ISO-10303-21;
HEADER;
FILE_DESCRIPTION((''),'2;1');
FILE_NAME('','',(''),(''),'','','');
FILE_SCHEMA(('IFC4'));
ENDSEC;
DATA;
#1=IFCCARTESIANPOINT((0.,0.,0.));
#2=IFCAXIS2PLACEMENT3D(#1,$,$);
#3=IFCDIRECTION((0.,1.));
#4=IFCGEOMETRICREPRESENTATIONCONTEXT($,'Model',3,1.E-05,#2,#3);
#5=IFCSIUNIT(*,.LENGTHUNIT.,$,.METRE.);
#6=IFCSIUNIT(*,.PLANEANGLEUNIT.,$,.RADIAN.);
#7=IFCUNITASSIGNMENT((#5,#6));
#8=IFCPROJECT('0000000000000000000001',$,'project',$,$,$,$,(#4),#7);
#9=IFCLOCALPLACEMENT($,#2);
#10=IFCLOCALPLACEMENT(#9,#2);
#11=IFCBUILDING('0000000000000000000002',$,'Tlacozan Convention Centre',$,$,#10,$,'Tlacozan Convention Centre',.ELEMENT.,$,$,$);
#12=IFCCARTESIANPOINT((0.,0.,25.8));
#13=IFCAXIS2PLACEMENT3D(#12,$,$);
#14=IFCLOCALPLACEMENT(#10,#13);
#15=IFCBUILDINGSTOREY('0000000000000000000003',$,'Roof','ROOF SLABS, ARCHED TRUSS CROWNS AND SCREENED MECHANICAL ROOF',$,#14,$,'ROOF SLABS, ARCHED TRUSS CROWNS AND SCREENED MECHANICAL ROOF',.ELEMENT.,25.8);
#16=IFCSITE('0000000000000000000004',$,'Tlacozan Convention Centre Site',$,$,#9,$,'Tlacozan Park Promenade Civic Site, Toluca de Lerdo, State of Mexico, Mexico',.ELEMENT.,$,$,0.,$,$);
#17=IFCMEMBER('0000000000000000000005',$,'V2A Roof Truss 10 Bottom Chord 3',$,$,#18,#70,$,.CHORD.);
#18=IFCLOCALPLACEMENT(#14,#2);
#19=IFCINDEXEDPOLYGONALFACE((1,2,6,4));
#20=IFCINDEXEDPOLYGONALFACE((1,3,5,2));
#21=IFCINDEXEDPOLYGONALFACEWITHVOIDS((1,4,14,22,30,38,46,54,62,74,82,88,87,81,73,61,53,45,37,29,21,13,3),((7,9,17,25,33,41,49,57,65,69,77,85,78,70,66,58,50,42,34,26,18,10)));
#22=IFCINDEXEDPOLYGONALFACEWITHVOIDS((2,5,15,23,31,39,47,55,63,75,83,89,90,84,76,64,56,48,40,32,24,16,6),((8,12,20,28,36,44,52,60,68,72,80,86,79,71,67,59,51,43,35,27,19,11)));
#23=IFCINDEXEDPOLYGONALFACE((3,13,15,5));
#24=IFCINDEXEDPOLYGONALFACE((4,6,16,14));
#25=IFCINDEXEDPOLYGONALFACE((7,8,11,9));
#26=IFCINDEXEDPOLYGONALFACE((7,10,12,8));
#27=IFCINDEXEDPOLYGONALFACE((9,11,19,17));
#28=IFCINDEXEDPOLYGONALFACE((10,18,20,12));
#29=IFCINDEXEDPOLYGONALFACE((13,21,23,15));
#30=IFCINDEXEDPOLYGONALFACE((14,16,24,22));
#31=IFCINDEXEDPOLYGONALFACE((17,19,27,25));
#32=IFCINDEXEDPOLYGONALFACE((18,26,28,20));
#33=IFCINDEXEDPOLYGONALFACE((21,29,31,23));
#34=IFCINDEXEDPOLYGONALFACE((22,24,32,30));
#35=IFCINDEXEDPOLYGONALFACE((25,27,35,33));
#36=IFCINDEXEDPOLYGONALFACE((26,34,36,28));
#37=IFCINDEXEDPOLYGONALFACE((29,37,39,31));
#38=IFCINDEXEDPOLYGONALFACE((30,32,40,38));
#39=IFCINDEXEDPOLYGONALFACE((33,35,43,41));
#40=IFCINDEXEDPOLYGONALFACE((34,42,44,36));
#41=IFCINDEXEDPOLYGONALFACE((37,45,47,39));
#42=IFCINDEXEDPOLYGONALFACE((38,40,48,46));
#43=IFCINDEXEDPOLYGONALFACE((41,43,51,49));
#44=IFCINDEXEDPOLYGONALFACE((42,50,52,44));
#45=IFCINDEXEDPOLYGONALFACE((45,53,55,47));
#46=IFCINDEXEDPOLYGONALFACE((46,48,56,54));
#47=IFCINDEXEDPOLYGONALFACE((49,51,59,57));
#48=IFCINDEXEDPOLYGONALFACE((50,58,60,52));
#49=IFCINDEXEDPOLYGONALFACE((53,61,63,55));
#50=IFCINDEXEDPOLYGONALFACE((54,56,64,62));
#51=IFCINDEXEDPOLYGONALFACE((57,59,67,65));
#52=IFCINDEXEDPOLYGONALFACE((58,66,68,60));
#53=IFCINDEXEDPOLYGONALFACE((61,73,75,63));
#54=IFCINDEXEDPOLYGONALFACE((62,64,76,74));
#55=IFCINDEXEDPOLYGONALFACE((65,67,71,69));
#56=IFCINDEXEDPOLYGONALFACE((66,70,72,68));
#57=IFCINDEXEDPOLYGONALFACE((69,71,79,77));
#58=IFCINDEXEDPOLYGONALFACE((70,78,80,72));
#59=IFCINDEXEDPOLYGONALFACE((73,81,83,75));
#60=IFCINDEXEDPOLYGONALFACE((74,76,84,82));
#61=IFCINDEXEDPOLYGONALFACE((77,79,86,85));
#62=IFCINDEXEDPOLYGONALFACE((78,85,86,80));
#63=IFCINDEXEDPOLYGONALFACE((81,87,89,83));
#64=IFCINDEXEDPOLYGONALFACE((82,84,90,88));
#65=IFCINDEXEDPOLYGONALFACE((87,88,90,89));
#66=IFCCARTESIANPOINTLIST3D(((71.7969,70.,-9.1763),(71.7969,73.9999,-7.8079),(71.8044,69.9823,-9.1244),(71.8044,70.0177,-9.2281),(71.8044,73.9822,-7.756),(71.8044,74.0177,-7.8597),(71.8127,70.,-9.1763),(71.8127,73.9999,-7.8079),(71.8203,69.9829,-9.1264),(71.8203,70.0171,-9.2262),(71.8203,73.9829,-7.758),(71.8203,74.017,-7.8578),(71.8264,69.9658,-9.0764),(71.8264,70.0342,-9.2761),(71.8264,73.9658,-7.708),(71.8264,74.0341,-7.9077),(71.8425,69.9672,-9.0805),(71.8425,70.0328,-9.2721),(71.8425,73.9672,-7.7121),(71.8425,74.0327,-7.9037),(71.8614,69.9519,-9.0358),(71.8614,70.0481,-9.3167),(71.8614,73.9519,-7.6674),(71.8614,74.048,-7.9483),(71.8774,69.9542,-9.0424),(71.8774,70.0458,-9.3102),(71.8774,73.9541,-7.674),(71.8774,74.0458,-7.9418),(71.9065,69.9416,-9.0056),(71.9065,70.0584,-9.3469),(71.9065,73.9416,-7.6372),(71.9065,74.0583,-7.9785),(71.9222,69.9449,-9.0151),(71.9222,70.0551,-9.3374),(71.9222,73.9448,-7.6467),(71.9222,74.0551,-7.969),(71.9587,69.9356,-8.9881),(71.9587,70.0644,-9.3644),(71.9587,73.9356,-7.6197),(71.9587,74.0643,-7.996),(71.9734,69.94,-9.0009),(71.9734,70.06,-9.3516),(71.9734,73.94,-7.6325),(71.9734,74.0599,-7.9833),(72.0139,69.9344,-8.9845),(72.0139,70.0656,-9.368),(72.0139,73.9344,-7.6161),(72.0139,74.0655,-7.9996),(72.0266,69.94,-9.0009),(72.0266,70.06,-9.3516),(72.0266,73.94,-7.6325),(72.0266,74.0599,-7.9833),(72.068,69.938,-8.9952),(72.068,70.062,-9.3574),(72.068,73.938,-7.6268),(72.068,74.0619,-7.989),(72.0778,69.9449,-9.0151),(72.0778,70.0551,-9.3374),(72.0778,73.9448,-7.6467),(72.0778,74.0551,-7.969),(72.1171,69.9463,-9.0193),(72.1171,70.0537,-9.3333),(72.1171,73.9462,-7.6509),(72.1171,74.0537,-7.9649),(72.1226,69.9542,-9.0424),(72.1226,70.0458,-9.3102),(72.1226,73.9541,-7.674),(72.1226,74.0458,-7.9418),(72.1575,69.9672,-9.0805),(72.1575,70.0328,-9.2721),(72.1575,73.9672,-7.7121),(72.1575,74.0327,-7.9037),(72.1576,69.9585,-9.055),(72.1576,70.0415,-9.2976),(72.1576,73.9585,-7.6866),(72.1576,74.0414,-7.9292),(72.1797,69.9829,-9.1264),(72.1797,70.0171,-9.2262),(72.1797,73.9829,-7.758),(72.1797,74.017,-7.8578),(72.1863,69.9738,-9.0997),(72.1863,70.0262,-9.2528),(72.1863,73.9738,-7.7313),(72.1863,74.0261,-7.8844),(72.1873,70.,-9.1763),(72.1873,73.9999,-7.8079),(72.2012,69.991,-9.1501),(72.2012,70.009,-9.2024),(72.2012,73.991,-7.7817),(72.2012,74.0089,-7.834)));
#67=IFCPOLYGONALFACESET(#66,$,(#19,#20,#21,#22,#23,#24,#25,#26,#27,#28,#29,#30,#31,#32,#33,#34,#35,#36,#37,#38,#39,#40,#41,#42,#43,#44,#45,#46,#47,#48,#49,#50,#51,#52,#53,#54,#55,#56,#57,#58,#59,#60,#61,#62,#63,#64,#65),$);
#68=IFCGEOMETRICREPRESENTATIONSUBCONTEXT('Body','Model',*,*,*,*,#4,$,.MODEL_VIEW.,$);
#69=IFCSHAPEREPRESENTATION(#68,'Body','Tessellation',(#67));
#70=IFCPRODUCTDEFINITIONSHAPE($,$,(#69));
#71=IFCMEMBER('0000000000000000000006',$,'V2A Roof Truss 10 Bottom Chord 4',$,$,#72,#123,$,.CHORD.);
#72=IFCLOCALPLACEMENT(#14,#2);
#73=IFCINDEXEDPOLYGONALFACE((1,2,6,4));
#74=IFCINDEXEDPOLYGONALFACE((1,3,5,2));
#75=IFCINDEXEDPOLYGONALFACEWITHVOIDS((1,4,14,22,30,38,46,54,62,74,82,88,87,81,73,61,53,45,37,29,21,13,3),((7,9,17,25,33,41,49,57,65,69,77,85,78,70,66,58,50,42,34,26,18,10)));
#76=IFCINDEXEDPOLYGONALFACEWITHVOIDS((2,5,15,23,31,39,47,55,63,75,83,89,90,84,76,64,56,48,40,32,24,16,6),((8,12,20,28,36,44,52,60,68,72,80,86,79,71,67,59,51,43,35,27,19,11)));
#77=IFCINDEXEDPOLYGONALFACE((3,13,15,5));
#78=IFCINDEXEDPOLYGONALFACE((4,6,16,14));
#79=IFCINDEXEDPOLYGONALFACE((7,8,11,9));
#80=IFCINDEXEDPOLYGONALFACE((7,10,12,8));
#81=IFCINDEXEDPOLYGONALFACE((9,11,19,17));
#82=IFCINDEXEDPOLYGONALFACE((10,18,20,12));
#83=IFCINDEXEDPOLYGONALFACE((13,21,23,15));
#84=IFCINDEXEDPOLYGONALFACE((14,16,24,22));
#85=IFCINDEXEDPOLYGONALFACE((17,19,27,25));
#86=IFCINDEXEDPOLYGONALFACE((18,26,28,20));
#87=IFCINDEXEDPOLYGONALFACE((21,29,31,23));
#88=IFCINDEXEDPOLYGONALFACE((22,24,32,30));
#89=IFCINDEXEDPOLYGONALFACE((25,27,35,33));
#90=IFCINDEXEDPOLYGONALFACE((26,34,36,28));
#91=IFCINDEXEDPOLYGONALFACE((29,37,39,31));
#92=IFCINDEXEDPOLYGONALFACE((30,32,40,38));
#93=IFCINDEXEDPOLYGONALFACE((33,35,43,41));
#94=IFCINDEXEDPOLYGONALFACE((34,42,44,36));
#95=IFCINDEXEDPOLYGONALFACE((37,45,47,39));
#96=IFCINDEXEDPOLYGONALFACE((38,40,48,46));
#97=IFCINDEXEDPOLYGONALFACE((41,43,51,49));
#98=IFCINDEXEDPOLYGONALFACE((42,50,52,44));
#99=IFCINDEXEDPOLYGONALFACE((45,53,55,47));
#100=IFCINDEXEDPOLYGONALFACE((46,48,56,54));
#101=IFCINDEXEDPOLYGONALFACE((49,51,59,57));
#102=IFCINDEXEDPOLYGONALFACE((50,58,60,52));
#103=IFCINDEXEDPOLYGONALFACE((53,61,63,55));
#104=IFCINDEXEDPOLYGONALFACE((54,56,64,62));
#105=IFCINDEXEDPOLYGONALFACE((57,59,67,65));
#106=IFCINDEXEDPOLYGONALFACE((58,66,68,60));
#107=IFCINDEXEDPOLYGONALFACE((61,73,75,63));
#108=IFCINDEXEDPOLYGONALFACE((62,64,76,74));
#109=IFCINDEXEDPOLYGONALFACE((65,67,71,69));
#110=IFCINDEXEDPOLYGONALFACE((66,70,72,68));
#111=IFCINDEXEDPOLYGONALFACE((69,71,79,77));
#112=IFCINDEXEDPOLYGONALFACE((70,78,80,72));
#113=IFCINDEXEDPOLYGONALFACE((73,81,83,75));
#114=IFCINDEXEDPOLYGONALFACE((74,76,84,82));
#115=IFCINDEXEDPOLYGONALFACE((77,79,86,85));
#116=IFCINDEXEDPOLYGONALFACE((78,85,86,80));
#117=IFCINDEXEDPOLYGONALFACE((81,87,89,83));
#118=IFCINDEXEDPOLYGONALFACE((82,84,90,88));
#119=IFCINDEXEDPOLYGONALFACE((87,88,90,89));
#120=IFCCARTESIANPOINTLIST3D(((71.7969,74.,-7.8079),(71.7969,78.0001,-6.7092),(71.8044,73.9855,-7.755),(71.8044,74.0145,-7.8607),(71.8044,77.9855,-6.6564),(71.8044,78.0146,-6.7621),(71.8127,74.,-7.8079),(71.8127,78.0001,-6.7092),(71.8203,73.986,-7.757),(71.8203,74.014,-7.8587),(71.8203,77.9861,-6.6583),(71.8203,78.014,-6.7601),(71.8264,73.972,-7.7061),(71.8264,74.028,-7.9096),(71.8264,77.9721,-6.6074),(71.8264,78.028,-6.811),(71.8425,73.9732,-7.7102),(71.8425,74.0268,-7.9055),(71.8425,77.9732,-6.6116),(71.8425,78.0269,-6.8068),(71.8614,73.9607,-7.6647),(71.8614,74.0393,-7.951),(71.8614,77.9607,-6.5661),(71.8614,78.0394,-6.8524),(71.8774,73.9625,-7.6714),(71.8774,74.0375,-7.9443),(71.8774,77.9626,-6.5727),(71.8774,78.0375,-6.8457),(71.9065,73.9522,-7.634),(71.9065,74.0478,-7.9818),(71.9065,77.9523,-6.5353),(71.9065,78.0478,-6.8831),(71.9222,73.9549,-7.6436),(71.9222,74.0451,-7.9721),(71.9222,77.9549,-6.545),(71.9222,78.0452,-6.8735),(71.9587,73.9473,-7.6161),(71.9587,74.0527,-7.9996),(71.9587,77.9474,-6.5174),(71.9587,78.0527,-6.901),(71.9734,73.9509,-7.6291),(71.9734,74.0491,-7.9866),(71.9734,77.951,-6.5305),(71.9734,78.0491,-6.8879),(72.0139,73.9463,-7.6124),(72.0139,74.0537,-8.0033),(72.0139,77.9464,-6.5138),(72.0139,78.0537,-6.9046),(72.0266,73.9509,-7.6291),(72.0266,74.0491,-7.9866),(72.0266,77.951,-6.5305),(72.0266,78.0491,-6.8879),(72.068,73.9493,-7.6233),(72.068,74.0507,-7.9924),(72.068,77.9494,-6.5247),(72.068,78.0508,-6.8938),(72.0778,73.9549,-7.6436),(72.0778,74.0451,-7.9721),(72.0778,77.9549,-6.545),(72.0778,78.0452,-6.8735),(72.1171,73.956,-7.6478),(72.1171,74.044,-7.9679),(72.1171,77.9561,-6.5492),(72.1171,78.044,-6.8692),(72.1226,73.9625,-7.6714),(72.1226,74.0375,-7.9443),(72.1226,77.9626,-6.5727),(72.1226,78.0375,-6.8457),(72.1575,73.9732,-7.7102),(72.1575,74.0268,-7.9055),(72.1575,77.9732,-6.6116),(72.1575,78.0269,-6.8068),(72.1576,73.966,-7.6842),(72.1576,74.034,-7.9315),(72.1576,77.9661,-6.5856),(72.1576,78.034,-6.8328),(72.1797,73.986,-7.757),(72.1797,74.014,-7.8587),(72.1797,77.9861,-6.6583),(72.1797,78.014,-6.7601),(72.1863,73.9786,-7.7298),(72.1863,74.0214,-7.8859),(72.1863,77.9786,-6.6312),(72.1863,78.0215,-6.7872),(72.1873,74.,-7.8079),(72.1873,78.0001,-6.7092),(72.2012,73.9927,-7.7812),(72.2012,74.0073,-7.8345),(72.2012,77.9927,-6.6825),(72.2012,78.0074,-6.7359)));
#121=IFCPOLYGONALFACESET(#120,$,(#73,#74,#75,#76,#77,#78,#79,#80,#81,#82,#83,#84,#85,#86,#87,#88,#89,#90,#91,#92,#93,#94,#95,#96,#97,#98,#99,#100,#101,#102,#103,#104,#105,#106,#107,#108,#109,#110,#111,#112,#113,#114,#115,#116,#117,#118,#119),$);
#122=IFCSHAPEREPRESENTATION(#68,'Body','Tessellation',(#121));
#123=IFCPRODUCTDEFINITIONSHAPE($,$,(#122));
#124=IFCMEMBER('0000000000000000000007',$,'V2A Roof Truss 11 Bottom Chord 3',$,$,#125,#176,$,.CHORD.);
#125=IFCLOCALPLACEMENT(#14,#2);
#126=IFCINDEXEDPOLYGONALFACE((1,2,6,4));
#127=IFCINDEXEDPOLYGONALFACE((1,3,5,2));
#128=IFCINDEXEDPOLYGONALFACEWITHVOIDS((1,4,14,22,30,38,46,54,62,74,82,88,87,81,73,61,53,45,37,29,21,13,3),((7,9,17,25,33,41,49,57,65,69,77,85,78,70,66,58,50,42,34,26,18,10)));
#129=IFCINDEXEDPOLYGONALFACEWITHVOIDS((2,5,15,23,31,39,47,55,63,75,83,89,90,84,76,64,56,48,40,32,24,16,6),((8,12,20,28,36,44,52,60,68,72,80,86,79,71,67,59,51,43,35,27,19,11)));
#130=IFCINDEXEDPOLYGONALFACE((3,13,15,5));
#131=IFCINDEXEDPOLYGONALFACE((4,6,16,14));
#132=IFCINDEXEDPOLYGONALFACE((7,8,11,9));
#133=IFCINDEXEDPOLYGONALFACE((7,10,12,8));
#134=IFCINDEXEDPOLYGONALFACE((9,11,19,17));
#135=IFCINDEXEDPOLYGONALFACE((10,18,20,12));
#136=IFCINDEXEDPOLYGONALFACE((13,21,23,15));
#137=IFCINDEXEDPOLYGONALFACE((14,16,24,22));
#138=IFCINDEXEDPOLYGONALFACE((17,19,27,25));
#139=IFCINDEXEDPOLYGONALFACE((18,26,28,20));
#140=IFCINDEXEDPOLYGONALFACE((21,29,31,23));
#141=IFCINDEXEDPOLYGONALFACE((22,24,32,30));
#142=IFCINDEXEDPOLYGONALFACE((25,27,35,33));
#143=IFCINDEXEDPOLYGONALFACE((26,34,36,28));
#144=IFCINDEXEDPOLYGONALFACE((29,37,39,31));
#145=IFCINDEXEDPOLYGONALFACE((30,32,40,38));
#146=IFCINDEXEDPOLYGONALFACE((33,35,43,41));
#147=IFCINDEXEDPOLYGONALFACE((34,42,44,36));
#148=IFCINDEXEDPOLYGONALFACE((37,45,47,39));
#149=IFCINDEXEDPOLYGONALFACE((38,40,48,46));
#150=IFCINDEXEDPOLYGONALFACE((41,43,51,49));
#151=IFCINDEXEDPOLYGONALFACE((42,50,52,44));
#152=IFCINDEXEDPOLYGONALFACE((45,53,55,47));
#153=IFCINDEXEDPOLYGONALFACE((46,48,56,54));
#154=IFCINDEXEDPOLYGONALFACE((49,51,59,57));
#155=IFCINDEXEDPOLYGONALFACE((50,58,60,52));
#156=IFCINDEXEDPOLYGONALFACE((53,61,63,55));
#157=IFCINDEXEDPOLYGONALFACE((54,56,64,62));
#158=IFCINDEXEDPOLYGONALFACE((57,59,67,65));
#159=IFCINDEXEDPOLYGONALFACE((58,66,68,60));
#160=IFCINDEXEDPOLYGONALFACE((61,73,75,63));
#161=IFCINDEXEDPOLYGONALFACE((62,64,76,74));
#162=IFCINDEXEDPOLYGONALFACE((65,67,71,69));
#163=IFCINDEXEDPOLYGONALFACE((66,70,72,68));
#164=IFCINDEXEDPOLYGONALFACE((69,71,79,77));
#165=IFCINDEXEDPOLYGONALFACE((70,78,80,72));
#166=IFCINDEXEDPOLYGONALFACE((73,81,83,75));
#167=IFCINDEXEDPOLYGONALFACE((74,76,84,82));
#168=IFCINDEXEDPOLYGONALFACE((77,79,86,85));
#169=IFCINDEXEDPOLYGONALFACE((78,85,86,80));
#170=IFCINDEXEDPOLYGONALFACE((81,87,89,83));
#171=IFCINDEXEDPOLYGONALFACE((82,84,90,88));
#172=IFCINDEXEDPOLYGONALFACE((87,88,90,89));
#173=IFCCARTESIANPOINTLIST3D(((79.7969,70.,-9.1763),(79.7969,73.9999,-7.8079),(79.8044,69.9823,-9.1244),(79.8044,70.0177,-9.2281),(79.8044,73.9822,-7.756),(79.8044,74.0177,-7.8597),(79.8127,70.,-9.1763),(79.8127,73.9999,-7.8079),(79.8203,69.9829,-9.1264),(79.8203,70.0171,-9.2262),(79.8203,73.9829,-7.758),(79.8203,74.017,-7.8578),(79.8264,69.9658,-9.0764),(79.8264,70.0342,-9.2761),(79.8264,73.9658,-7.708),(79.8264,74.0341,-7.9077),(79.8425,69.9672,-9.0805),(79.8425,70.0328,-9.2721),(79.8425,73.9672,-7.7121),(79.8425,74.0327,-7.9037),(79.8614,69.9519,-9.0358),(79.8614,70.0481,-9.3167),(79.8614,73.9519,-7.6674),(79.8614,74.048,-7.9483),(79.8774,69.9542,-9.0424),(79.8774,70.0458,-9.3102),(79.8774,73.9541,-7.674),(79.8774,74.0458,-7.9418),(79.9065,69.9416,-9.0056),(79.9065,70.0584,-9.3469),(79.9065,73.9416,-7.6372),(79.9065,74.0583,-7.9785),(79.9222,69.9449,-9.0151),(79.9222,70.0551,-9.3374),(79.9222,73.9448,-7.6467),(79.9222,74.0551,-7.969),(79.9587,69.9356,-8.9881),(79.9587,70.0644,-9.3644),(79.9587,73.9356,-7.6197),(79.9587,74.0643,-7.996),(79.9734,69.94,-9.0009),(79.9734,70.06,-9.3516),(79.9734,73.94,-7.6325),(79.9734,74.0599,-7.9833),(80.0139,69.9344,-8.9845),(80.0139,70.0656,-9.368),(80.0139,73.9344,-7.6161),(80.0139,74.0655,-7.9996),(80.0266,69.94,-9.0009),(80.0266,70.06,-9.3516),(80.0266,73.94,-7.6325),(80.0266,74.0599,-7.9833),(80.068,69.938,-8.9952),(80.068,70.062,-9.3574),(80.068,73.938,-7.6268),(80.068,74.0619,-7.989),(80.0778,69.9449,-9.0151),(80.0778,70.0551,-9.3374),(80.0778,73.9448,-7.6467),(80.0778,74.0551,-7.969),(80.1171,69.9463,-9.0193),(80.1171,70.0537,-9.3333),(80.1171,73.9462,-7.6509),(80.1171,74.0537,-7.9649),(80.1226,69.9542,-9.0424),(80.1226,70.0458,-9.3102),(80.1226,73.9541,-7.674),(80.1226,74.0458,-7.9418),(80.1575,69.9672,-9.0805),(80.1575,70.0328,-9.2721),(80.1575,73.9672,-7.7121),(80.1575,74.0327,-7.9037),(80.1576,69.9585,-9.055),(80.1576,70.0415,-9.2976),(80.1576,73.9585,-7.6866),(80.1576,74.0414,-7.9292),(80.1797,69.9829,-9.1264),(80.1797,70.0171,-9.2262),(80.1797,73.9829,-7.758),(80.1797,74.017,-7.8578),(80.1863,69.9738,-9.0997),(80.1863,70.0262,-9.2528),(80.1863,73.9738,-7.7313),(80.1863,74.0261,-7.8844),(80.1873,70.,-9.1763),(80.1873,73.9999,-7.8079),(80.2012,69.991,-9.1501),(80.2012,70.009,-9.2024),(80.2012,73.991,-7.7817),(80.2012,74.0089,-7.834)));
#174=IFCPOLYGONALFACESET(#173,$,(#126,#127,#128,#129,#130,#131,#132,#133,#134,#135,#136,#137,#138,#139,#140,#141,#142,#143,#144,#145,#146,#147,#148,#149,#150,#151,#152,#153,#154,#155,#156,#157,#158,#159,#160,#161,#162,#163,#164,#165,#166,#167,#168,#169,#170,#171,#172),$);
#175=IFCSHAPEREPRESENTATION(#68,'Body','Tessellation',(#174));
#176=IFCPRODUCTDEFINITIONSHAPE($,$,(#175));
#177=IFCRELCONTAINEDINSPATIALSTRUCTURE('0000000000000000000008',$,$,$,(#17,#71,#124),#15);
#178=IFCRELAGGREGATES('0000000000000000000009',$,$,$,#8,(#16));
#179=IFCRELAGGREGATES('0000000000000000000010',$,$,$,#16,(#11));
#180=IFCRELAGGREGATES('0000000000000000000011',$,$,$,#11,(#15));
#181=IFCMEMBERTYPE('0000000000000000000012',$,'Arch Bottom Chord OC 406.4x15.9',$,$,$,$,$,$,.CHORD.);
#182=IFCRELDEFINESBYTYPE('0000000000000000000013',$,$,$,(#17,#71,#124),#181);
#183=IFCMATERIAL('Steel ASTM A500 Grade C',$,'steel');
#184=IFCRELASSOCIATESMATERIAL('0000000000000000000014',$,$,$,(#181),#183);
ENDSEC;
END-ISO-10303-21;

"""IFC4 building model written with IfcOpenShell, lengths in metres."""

from ifc_helpers import new_model, si_unit, direction, frame, origin, origin_2d, place, context, subcontext, project, spatial, hollow_circle, extrude, material, material_profile, profile_set, type_object, element, save


model = new_model("IFC4")

# Units and contexts
model_context = context("Model", 3, precision=1e-05, world=origin(), true_north=direction((0.0, 1.0)))
body_context = subcontext(model_context, "Body", "Model", "MODEL_VIEW")
ifc_project = project(units=[si_unit("LENGTHUNIT", "METRE"), si_unit("PLANEANGLEUNIT", "RADIAN")], contexts=[model_context])

# Site, building, storey
site_placement = place(None, origin())
site = spatial("IfcSite", under=ifc_project, at=site_placement, Name="Tlacozan Convention Centre Site", LongName="Tlacozan Park Promenade Civic Site, Toluca de Lerdo, State of Mexico, Mexico", CompositionType="ELEMENT", RefElevation=0.0)
building_placement = place(site_placement, origin())
building = spatial("IfcBuilding", under=site, at=building_placement, Name="Tlacozan Convention Centre", LongName="Tlacozan Convention Centre", CompositionType="ELEMENT")
storey_placement = place(building_placement, frame((0.0, 0.0, 25.8)))
storey = spatial("IfcBuildingStorey", under=building, at=storey_placement, Name="Roof", Description="ROOF SLABS, ARCHED TRUSS CROWNS AND SCREENED MECHANICAL ROOF", LongName="ROOF SLABS, ARCHED TRUSS CROWNS AND SCREENED MECHANICAL ROOF", CompositionType="ELEMENT", Elevation=25.8)

# Members
ifc_material_1 = material(Name="Steel ASTM A500 Grade C", Category="steel")
ifc_material_profile_1 = material_profile(ifc_material_1, hollow_circle(Radius=0.2031, WallThickness=0.0159, at=origin_2d()), Name="OC 406.4x15.9")
ifc_profile_set_1 = profile_set([ifc_material_profile_1], Name="Steel ASTM A500 Grade C")
member_type_1 = type_object("IfcMemberType", Name="Arch Bottom Chord OC 406.4x15.9", PredefinedType="CHORD", material=ifc_profile_set_1)
member_1_placement = place(storey_placement, frame((72.0, 70.0, -9.1763), z_axis=(0.0, 0.946165, 0.323685), x_axis=(-1.0, 0.0, 0.0)))
element("IfcMember", 1, at=member_1_placement, inside=storey, type_object=member_type_1, Name="V2A Roof Truss 10 Bottom Chord 3", PredefinedType="CHORD", context=body_context, shape_type="SweptSolid", body=[
    extrude(hollow_circle(Radius=0.2031, WallThickness=0.0159, at=origin_2d()), origin(), (0.0, 0.0, 1.0), 4.2275),
])
member_2_placement = place(storey_placement, frame((72.0, 74.0, -7.8079), z_axis=(0.0, 0.96429, 0.26485), x_axis=(-1.0, 0.0, 0.0)))
element("IfcMember", 2, at=member_2_placement, inside=storey, type_object=member_type_1, Name="V2A Roof Truss 10 Bottom Chord 4", PredefinedType="CHORD", context=body_context, shape_type="SweptSolid", body=[
    extrude(hollow_circle(Radius=0.2031, WallThickness=0.0159, at=origin_2d()), origin(), (0.0, 0.0, 1.0), 4.1482),
])
member_3_placement = place(storey_placement, frame((80.0, 70.0, -9.1763), z_axis=(0.0, 0.946165, 0.323685), x_axis=(-1.0, 0.0, 0.0)))
element("IfcMember", 3, at=member_3_placement, inside=storey, type_object=member_type_1, Name="V2A Roof Truss 11 Bottom Chord 3", PredefinedType="CHORD", context=body_context, shape_type="SweptSolid", body=[
    extrude(hollow_circle(Radius=0.2031, WallThickness=0.0159, at=origin_2d()), origin(), (0.0, 0.0, 1.0), 4.2275),
])

save(model, "model.ifc")
